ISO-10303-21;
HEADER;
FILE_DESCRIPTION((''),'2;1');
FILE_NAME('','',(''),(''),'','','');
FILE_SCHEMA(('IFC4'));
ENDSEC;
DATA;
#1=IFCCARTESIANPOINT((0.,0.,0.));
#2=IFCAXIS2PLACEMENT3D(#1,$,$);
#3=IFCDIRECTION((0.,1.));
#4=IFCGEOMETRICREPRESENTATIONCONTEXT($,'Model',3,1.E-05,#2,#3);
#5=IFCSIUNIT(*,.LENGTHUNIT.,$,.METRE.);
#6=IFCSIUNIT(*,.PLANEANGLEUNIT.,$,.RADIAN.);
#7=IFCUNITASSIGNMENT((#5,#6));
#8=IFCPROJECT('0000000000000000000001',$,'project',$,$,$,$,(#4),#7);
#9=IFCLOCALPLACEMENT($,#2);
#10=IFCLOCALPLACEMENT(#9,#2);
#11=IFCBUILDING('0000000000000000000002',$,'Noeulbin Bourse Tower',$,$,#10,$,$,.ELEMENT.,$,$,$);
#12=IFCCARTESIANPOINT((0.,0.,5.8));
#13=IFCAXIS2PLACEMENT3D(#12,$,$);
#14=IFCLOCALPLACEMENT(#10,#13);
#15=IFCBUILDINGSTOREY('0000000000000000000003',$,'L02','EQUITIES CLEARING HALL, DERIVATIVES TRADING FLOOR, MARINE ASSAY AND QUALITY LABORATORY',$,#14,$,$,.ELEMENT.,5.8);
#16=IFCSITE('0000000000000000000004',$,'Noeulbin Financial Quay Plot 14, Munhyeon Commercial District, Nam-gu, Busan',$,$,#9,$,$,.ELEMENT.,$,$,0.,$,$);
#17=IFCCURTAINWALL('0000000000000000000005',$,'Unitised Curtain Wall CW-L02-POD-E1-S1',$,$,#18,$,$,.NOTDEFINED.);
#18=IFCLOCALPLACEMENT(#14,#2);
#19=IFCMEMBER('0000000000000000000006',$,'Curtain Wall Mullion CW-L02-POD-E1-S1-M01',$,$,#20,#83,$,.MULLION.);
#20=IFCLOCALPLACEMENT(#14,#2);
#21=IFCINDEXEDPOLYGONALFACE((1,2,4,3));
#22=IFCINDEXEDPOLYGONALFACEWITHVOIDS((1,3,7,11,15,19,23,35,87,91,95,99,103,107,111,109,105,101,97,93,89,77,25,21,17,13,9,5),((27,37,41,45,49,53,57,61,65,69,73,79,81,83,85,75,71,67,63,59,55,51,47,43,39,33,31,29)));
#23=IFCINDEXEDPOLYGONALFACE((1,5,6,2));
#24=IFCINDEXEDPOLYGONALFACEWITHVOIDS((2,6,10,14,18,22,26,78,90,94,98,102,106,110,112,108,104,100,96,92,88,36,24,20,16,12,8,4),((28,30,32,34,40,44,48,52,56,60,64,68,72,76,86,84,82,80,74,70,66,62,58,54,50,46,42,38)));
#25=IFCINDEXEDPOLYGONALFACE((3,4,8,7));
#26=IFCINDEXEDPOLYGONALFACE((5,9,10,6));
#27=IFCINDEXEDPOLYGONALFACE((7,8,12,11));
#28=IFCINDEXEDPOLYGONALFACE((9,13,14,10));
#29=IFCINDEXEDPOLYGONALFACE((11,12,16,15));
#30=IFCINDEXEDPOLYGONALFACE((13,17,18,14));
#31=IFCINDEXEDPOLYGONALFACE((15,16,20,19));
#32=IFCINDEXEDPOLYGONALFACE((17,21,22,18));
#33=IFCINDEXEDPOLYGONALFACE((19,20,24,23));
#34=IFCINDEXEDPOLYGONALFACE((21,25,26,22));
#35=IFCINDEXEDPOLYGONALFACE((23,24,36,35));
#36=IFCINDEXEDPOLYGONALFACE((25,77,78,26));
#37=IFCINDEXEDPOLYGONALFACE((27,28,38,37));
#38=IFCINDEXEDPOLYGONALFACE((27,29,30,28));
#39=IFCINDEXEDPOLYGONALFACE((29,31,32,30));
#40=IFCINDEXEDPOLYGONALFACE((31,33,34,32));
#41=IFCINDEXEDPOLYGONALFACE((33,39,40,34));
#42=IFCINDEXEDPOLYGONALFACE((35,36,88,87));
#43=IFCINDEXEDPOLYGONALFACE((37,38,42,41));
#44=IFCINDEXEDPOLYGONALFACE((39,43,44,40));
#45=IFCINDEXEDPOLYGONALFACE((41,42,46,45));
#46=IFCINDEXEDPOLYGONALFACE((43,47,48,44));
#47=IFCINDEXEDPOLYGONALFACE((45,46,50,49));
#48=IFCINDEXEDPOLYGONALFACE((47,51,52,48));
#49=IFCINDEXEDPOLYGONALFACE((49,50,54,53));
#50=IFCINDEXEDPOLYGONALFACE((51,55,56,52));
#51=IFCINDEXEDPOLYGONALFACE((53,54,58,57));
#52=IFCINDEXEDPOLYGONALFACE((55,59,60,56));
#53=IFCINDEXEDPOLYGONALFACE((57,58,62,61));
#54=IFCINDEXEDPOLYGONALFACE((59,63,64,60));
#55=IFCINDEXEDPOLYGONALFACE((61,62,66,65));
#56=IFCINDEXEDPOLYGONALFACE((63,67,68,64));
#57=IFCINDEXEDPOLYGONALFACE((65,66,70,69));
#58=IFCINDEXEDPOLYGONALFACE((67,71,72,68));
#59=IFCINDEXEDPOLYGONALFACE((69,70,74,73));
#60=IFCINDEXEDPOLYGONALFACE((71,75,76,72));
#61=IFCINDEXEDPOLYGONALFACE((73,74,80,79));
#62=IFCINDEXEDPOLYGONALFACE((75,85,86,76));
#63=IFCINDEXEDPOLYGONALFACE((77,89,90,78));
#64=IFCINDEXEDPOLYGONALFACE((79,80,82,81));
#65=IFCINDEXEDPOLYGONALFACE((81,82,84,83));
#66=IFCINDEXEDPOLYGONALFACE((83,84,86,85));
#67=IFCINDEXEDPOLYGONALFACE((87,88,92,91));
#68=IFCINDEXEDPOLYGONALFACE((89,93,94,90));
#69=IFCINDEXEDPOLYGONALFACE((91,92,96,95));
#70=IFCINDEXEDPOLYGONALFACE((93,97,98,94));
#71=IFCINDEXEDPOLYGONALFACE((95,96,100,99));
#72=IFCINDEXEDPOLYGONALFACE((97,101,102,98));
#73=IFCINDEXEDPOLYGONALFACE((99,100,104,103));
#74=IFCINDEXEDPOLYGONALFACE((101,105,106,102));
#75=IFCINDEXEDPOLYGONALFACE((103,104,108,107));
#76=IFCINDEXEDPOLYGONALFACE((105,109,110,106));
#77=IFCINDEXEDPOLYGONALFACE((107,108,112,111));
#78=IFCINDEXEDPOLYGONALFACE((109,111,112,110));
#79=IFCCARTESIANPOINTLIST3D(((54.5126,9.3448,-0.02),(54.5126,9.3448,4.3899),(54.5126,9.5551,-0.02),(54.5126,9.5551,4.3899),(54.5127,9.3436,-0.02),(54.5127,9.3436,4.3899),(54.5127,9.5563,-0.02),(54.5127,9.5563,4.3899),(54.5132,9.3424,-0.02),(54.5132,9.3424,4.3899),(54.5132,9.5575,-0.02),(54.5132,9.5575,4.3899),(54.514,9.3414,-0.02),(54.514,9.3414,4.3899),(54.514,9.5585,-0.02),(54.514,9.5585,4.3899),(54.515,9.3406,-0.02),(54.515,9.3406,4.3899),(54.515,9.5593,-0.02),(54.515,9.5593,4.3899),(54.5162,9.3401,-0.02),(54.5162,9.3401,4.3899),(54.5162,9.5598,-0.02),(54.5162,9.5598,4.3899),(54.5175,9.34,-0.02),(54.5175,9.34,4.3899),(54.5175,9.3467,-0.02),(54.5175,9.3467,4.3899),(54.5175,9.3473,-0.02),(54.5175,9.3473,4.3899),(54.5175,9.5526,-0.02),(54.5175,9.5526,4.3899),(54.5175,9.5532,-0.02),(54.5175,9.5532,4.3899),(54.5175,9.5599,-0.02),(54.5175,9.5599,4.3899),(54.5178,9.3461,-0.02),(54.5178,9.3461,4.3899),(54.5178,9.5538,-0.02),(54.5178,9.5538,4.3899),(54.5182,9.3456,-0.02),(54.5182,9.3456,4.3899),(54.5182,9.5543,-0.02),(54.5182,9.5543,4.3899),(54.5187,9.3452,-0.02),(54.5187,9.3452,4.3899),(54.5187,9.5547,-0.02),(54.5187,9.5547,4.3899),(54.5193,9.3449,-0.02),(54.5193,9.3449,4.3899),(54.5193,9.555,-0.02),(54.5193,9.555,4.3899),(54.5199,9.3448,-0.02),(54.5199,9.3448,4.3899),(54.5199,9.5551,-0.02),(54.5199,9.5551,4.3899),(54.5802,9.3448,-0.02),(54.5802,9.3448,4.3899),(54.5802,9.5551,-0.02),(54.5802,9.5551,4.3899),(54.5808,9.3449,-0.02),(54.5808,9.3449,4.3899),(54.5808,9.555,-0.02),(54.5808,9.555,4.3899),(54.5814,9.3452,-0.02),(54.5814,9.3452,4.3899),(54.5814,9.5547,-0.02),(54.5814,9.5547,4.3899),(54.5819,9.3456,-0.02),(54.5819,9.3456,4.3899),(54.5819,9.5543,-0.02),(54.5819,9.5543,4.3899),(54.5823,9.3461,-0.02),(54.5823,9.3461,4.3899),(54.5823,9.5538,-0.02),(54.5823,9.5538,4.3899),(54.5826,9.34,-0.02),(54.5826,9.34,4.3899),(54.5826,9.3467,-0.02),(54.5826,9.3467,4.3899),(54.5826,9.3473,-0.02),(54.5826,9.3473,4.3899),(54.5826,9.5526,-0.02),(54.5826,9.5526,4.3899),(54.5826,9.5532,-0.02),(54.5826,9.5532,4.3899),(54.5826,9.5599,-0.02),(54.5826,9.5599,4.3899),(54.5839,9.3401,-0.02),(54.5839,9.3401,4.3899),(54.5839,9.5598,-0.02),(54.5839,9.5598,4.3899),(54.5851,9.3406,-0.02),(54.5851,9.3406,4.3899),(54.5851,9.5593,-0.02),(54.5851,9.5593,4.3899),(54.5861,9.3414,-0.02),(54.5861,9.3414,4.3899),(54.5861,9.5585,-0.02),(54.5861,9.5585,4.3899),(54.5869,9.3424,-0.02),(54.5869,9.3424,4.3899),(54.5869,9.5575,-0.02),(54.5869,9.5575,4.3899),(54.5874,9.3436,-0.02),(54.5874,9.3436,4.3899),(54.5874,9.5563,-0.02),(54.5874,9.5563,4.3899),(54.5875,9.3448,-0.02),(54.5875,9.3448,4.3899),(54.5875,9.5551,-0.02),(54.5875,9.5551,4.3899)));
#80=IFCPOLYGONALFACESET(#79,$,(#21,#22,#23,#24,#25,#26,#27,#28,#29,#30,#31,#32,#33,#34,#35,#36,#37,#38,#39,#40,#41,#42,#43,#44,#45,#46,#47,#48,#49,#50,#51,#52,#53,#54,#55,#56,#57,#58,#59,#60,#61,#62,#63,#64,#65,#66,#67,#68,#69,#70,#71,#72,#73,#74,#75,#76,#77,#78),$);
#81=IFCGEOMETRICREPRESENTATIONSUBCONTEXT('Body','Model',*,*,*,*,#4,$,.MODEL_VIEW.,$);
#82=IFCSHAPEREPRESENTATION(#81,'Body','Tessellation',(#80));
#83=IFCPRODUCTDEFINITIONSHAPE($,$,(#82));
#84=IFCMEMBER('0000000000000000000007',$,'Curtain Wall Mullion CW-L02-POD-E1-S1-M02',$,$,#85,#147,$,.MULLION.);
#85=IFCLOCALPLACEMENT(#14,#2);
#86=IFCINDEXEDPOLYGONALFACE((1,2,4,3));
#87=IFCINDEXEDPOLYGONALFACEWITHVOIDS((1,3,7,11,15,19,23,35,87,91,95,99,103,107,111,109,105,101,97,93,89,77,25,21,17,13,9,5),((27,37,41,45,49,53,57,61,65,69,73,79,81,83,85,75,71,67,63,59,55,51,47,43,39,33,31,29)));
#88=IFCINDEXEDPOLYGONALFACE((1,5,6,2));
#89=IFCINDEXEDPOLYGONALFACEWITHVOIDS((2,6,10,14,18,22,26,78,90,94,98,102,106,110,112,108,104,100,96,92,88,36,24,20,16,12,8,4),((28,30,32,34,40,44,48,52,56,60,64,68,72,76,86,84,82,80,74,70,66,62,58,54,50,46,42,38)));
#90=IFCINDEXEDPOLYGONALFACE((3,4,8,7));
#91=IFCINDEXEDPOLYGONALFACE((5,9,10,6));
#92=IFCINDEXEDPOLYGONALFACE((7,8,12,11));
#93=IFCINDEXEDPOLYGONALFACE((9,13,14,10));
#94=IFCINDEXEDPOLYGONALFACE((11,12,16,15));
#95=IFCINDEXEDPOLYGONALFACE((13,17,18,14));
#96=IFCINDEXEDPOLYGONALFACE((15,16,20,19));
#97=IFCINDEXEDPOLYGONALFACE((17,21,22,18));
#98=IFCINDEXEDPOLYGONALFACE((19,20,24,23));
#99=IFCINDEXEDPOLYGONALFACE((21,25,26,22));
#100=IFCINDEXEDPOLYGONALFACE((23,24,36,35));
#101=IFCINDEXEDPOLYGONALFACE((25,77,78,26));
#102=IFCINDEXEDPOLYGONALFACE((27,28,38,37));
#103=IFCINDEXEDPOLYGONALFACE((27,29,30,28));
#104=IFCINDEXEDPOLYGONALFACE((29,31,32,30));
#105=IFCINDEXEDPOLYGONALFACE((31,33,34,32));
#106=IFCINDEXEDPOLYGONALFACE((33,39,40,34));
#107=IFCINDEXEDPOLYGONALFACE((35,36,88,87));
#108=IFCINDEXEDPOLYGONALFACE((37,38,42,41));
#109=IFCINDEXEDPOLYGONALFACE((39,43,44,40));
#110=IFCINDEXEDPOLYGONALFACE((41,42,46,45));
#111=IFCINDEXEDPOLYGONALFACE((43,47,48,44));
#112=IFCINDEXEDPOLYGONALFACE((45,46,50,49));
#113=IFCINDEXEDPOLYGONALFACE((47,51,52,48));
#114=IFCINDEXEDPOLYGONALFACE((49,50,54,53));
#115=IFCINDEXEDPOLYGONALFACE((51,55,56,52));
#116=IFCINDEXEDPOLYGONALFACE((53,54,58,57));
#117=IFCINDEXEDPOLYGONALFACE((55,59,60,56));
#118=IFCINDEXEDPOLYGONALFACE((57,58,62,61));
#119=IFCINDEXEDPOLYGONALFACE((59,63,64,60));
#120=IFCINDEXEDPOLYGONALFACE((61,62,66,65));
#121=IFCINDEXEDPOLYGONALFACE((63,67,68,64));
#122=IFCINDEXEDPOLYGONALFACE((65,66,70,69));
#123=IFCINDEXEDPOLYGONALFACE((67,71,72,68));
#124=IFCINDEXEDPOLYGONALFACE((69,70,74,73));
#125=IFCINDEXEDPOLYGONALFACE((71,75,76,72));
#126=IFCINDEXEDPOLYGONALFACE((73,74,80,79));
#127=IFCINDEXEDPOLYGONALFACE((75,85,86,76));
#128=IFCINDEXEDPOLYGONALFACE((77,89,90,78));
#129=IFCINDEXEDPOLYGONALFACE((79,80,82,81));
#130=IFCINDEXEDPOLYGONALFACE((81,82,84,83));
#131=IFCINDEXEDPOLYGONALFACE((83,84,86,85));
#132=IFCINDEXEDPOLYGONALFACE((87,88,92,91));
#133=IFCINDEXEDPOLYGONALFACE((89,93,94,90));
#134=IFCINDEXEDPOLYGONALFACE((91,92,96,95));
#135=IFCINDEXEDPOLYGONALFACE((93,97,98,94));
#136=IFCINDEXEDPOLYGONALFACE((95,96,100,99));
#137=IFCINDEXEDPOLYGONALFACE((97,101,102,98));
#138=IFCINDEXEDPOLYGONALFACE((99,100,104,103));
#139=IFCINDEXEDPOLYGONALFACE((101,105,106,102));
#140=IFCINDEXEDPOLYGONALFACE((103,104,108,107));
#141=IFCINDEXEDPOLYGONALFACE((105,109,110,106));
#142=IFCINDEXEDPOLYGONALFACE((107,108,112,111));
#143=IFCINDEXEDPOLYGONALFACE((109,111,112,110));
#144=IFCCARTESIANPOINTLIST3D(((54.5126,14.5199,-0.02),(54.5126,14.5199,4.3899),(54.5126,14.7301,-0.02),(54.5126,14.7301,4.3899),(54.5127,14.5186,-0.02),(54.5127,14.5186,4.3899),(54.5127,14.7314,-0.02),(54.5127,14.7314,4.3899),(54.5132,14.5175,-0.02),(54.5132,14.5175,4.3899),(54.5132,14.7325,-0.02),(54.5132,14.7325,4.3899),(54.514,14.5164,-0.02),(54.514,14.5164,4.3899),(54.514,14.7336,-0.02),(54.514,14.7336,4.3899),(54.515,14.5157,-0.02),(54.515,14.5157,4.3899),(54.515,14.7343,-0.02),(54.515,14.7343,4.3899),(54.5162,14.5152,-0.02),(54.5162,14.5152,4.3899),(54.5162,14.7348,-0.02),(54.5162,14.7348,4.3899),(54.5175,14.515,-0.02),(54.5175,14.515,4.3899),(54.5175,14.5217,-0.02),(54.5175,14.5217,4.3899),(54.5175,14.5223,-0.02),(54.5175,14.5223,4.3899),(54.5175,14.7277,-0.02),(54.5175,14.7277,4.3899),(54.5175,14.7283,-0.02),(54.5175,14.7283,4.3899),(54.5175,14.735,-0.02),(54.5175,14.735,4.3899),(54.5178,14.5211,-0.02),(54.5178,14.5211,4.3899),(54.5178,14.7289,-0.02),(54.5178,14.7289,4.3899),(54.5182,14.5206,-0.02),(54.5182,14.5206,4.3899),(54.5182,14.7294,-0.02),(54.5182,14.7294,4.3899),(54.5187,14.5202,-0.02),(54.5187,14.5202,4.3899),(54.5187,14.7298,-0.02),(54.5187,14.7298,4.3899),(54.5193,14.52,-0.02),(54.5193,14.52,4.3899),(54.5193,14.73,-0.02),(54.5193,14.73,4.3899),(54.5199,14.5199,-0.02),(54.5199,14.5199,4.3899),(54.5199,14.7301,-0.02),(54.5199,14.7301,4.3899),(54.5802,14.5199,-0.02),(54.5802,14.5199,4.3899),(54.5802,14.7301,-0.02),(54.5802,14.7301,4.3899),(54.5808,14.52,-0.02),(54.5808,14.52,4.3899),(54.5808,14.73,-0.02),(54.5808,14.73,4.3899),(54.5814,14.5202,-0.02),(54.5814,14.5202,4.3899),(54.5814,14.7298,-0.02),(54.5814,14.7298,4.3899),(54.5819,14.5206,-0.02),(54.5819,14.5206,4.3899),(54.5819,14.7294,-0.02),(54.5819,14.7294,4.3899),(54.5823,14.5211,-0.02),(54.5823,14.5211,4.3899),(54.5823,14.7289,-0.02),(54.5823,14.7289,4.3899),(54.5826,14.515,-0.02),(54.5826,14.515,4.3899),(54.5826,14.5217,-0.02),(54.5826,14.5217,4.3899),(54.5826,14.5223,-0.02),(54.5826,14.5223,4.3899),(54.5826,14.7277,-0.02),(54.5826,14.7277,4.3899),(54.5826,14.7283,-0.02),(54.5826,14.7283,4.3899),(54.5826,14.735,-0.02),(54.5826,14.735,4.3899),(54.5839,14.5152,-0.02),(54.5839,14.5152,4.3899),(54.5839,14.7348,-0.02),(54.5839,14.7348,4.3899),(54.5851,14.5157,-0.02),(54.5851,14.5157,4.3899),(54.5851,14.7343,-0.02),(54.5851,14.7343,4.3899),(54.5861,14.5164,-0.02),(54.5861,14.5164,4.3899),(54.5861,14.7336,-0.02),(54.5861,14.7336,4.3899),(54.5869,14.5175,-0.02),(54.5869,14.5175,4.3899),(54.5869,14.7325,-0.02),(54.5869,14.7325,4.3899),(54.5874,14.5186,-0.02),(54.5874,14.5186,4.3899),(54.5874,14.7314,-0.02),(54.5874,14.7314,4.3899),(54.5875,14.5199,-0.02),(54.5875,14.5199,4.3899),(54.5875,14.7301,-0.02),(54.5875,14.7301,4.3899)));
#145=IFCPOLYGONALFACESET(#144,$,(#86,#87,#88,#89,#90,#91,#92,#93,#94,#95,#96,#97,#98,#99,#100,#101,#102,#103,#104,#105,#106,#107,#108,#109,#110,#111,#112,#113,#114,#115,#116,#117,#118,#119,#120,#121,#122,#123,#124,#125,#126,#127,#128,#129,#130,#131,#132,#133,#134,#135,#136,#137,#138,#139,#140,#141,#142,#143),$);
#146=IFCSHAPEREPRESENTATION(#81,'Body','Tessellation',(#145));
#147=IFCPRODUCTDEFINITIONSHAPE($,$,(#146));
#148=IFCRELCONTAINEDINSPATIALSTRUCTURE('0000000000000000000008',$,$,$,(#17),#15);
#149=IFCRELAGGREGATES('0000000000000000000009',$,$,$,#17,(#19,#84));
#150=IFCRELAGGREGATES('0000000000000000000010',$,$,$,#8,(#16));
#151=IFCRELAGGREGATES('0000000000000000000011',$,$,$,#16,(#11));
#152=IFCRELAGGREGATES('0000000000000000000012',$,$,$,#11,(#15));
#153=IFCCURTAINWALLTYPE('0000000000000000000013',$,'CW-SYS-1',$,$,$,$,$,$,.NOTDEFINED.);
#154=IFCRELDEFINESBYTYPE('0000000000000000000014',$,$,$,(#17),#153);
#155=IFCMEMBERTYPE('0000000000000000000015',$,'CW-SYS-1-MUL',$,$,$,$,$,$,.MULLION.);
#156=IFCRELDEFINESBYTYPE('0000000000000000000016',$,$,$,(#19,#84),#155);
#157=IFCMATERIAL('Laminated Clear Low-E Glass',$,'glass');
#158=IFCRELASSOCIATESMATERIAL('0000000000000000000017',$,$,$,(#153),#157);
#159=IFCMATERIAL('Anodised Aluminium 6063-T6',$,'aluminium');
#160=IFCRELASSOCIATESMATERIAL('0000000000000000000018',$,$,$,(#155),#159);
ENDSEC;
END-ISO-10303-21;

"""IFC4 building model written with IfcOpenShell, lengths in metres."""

from ifc_helpers import new_model, si_unit, direction, frame, origin, origin_2d, place, context, subcontext, project, spatial, hollow_rectangle, extrude, material, material_profile, profile_set, type_object, element, aggregate, save


model = new_model("IFC4")

# Units and contexts
model_context = context("Model", 3, precision=1e-05, world=origin(), true_north=direction((0.0, 1.0)))
body_context = subcontext(model_context, "Body", "Model", "MODEL_VIEW")
ifc_project = project(units=[si_unit("LENGTHUNIT", "METRE"), si_unit("PLANEANGLEUNIT", "RADIAN")], contexts=[model_context])

# Site, building, storey
site_placement = place(None, origin())
site = spatial("IfcSite", under=ifc_project, at=site_placement, Name="Noeulbin Financial Quay Plot 14, Munhyeon Commercial District, Nam-gu, Busan", CompositionType="ELEMENT", RefElevation=0.0)
building_placement = place(site_placement, origin())
building = spatial("IfcBuilding", under=site, at=building_placement, Name="Noeulbin Bourse Tower", CompositionType="ELEMENT")
storey_placement = place(building_placement, frame((0.0, 0.0, 5.8)))
storey = spatial("IfcBuildingStorey", under=building, at=storey_placement, Name="L02", Description="EQUITIES CLEARING HALL, DERIVATIVES TRADING FLOOR, MARINE ASSAY AND QUALITY LABORATORY", CompositionType="ELEMENT", Elevation=5.8)

# Shared definitions
ifc_material_1 = material(Name="Laminated Clear Low-E Glass", Category="glass")
curtain_wall_type = type_object("IfcCurtainWallType", Name="CW-SYS-1", PredefinedType="NOTDEFINED", material=ifc_material_1)
ifc_material_2 = material(Name="Anodised Aluminium 6063-T6", Category="aluminium")
ifc_material_profile_1 = material_profile(ifc_material_2, hollow_rectangle(XDim=0.075, YDim=0.22, WallThickness=0.0049, InnerFilletRadius=0.0024, OuterFilletRadius=0.0049, at=origin_2d()), Name="ALU-MULL-75x220x5", Category="LoadBearing")
ifc_profile_set_1 = profile_set([ifc_material_profile_1], Name="Anodised Aluminium 6063-T6")
member_type_1 = type_object("IfcMemberType", Name="CW-SYS-1-MUL", PredefinedType="MULLION", material=ifc_profile_set_1)

# Curtain wall, members
curtain_wall_1_placement = place(storey_placement, origin())
curtain_wall_1 = element("IfcCurtainWall", 1, at=curtain_wall_1_placement, inside=storey, type_object=curtain_wall_type, Name="Unitised Curtain Wall CW-L02-POD-E1-S1", PredefinedType="NOTDEFINED")
member_1_placement = place(storey_placement, frame((54.55, 9.45, -0.02), z_axis=(0.0, 0.0, 1.0), x_axis=(1.0, 0.0, 0.0)))
member_1 = element("IfcMember", 2, at=member_1_placement, type_object=member_type_1, Name="Curtain Wall Mullion CW-L02-POD-E1-S1-M01", PredefinedType="MULLION", context=body_context, shape_type="SweptSolid", body=[
    extrude(hollow_rectangle(XDim=0.075, YDim=0.22, WallThickness=0.0049, InnerFilletRadius=0.0024, OuterFilletRadius=0.0049, at=origin_2d()), origin(), (0.0, 0.0, 1.0), 4.4099),
])
member_2_placement = place(storey_placement, frame((54.55, 14.625, -0.02), z_axis=(0.0, 0.0, 1.0), x_axis=(1.0, 0.0, 0.0)))
member_2 = element("IfcMember", 3, at=member_2_placement, type_object=member_type_1, Name="Curtain Wall Mullion CW-L02-POD-E1-S1-M02", PredefinedType="MULLION", context=body_context, shape_type="SweptSolid", body=[
    extrude(hollow_rectangle(XDim=0.075, YDim=0.22, WallThickness=0.0049, InnerFilletRadius=0.0024, OuterFilletRadius=0.0049, at=origin_2d()), origin(), (0.0, 0.0, 1.0), 4.4099),
])

aggregate(curtain_wall_1, [member_1, member_2])

save(model, "model.ifc")
